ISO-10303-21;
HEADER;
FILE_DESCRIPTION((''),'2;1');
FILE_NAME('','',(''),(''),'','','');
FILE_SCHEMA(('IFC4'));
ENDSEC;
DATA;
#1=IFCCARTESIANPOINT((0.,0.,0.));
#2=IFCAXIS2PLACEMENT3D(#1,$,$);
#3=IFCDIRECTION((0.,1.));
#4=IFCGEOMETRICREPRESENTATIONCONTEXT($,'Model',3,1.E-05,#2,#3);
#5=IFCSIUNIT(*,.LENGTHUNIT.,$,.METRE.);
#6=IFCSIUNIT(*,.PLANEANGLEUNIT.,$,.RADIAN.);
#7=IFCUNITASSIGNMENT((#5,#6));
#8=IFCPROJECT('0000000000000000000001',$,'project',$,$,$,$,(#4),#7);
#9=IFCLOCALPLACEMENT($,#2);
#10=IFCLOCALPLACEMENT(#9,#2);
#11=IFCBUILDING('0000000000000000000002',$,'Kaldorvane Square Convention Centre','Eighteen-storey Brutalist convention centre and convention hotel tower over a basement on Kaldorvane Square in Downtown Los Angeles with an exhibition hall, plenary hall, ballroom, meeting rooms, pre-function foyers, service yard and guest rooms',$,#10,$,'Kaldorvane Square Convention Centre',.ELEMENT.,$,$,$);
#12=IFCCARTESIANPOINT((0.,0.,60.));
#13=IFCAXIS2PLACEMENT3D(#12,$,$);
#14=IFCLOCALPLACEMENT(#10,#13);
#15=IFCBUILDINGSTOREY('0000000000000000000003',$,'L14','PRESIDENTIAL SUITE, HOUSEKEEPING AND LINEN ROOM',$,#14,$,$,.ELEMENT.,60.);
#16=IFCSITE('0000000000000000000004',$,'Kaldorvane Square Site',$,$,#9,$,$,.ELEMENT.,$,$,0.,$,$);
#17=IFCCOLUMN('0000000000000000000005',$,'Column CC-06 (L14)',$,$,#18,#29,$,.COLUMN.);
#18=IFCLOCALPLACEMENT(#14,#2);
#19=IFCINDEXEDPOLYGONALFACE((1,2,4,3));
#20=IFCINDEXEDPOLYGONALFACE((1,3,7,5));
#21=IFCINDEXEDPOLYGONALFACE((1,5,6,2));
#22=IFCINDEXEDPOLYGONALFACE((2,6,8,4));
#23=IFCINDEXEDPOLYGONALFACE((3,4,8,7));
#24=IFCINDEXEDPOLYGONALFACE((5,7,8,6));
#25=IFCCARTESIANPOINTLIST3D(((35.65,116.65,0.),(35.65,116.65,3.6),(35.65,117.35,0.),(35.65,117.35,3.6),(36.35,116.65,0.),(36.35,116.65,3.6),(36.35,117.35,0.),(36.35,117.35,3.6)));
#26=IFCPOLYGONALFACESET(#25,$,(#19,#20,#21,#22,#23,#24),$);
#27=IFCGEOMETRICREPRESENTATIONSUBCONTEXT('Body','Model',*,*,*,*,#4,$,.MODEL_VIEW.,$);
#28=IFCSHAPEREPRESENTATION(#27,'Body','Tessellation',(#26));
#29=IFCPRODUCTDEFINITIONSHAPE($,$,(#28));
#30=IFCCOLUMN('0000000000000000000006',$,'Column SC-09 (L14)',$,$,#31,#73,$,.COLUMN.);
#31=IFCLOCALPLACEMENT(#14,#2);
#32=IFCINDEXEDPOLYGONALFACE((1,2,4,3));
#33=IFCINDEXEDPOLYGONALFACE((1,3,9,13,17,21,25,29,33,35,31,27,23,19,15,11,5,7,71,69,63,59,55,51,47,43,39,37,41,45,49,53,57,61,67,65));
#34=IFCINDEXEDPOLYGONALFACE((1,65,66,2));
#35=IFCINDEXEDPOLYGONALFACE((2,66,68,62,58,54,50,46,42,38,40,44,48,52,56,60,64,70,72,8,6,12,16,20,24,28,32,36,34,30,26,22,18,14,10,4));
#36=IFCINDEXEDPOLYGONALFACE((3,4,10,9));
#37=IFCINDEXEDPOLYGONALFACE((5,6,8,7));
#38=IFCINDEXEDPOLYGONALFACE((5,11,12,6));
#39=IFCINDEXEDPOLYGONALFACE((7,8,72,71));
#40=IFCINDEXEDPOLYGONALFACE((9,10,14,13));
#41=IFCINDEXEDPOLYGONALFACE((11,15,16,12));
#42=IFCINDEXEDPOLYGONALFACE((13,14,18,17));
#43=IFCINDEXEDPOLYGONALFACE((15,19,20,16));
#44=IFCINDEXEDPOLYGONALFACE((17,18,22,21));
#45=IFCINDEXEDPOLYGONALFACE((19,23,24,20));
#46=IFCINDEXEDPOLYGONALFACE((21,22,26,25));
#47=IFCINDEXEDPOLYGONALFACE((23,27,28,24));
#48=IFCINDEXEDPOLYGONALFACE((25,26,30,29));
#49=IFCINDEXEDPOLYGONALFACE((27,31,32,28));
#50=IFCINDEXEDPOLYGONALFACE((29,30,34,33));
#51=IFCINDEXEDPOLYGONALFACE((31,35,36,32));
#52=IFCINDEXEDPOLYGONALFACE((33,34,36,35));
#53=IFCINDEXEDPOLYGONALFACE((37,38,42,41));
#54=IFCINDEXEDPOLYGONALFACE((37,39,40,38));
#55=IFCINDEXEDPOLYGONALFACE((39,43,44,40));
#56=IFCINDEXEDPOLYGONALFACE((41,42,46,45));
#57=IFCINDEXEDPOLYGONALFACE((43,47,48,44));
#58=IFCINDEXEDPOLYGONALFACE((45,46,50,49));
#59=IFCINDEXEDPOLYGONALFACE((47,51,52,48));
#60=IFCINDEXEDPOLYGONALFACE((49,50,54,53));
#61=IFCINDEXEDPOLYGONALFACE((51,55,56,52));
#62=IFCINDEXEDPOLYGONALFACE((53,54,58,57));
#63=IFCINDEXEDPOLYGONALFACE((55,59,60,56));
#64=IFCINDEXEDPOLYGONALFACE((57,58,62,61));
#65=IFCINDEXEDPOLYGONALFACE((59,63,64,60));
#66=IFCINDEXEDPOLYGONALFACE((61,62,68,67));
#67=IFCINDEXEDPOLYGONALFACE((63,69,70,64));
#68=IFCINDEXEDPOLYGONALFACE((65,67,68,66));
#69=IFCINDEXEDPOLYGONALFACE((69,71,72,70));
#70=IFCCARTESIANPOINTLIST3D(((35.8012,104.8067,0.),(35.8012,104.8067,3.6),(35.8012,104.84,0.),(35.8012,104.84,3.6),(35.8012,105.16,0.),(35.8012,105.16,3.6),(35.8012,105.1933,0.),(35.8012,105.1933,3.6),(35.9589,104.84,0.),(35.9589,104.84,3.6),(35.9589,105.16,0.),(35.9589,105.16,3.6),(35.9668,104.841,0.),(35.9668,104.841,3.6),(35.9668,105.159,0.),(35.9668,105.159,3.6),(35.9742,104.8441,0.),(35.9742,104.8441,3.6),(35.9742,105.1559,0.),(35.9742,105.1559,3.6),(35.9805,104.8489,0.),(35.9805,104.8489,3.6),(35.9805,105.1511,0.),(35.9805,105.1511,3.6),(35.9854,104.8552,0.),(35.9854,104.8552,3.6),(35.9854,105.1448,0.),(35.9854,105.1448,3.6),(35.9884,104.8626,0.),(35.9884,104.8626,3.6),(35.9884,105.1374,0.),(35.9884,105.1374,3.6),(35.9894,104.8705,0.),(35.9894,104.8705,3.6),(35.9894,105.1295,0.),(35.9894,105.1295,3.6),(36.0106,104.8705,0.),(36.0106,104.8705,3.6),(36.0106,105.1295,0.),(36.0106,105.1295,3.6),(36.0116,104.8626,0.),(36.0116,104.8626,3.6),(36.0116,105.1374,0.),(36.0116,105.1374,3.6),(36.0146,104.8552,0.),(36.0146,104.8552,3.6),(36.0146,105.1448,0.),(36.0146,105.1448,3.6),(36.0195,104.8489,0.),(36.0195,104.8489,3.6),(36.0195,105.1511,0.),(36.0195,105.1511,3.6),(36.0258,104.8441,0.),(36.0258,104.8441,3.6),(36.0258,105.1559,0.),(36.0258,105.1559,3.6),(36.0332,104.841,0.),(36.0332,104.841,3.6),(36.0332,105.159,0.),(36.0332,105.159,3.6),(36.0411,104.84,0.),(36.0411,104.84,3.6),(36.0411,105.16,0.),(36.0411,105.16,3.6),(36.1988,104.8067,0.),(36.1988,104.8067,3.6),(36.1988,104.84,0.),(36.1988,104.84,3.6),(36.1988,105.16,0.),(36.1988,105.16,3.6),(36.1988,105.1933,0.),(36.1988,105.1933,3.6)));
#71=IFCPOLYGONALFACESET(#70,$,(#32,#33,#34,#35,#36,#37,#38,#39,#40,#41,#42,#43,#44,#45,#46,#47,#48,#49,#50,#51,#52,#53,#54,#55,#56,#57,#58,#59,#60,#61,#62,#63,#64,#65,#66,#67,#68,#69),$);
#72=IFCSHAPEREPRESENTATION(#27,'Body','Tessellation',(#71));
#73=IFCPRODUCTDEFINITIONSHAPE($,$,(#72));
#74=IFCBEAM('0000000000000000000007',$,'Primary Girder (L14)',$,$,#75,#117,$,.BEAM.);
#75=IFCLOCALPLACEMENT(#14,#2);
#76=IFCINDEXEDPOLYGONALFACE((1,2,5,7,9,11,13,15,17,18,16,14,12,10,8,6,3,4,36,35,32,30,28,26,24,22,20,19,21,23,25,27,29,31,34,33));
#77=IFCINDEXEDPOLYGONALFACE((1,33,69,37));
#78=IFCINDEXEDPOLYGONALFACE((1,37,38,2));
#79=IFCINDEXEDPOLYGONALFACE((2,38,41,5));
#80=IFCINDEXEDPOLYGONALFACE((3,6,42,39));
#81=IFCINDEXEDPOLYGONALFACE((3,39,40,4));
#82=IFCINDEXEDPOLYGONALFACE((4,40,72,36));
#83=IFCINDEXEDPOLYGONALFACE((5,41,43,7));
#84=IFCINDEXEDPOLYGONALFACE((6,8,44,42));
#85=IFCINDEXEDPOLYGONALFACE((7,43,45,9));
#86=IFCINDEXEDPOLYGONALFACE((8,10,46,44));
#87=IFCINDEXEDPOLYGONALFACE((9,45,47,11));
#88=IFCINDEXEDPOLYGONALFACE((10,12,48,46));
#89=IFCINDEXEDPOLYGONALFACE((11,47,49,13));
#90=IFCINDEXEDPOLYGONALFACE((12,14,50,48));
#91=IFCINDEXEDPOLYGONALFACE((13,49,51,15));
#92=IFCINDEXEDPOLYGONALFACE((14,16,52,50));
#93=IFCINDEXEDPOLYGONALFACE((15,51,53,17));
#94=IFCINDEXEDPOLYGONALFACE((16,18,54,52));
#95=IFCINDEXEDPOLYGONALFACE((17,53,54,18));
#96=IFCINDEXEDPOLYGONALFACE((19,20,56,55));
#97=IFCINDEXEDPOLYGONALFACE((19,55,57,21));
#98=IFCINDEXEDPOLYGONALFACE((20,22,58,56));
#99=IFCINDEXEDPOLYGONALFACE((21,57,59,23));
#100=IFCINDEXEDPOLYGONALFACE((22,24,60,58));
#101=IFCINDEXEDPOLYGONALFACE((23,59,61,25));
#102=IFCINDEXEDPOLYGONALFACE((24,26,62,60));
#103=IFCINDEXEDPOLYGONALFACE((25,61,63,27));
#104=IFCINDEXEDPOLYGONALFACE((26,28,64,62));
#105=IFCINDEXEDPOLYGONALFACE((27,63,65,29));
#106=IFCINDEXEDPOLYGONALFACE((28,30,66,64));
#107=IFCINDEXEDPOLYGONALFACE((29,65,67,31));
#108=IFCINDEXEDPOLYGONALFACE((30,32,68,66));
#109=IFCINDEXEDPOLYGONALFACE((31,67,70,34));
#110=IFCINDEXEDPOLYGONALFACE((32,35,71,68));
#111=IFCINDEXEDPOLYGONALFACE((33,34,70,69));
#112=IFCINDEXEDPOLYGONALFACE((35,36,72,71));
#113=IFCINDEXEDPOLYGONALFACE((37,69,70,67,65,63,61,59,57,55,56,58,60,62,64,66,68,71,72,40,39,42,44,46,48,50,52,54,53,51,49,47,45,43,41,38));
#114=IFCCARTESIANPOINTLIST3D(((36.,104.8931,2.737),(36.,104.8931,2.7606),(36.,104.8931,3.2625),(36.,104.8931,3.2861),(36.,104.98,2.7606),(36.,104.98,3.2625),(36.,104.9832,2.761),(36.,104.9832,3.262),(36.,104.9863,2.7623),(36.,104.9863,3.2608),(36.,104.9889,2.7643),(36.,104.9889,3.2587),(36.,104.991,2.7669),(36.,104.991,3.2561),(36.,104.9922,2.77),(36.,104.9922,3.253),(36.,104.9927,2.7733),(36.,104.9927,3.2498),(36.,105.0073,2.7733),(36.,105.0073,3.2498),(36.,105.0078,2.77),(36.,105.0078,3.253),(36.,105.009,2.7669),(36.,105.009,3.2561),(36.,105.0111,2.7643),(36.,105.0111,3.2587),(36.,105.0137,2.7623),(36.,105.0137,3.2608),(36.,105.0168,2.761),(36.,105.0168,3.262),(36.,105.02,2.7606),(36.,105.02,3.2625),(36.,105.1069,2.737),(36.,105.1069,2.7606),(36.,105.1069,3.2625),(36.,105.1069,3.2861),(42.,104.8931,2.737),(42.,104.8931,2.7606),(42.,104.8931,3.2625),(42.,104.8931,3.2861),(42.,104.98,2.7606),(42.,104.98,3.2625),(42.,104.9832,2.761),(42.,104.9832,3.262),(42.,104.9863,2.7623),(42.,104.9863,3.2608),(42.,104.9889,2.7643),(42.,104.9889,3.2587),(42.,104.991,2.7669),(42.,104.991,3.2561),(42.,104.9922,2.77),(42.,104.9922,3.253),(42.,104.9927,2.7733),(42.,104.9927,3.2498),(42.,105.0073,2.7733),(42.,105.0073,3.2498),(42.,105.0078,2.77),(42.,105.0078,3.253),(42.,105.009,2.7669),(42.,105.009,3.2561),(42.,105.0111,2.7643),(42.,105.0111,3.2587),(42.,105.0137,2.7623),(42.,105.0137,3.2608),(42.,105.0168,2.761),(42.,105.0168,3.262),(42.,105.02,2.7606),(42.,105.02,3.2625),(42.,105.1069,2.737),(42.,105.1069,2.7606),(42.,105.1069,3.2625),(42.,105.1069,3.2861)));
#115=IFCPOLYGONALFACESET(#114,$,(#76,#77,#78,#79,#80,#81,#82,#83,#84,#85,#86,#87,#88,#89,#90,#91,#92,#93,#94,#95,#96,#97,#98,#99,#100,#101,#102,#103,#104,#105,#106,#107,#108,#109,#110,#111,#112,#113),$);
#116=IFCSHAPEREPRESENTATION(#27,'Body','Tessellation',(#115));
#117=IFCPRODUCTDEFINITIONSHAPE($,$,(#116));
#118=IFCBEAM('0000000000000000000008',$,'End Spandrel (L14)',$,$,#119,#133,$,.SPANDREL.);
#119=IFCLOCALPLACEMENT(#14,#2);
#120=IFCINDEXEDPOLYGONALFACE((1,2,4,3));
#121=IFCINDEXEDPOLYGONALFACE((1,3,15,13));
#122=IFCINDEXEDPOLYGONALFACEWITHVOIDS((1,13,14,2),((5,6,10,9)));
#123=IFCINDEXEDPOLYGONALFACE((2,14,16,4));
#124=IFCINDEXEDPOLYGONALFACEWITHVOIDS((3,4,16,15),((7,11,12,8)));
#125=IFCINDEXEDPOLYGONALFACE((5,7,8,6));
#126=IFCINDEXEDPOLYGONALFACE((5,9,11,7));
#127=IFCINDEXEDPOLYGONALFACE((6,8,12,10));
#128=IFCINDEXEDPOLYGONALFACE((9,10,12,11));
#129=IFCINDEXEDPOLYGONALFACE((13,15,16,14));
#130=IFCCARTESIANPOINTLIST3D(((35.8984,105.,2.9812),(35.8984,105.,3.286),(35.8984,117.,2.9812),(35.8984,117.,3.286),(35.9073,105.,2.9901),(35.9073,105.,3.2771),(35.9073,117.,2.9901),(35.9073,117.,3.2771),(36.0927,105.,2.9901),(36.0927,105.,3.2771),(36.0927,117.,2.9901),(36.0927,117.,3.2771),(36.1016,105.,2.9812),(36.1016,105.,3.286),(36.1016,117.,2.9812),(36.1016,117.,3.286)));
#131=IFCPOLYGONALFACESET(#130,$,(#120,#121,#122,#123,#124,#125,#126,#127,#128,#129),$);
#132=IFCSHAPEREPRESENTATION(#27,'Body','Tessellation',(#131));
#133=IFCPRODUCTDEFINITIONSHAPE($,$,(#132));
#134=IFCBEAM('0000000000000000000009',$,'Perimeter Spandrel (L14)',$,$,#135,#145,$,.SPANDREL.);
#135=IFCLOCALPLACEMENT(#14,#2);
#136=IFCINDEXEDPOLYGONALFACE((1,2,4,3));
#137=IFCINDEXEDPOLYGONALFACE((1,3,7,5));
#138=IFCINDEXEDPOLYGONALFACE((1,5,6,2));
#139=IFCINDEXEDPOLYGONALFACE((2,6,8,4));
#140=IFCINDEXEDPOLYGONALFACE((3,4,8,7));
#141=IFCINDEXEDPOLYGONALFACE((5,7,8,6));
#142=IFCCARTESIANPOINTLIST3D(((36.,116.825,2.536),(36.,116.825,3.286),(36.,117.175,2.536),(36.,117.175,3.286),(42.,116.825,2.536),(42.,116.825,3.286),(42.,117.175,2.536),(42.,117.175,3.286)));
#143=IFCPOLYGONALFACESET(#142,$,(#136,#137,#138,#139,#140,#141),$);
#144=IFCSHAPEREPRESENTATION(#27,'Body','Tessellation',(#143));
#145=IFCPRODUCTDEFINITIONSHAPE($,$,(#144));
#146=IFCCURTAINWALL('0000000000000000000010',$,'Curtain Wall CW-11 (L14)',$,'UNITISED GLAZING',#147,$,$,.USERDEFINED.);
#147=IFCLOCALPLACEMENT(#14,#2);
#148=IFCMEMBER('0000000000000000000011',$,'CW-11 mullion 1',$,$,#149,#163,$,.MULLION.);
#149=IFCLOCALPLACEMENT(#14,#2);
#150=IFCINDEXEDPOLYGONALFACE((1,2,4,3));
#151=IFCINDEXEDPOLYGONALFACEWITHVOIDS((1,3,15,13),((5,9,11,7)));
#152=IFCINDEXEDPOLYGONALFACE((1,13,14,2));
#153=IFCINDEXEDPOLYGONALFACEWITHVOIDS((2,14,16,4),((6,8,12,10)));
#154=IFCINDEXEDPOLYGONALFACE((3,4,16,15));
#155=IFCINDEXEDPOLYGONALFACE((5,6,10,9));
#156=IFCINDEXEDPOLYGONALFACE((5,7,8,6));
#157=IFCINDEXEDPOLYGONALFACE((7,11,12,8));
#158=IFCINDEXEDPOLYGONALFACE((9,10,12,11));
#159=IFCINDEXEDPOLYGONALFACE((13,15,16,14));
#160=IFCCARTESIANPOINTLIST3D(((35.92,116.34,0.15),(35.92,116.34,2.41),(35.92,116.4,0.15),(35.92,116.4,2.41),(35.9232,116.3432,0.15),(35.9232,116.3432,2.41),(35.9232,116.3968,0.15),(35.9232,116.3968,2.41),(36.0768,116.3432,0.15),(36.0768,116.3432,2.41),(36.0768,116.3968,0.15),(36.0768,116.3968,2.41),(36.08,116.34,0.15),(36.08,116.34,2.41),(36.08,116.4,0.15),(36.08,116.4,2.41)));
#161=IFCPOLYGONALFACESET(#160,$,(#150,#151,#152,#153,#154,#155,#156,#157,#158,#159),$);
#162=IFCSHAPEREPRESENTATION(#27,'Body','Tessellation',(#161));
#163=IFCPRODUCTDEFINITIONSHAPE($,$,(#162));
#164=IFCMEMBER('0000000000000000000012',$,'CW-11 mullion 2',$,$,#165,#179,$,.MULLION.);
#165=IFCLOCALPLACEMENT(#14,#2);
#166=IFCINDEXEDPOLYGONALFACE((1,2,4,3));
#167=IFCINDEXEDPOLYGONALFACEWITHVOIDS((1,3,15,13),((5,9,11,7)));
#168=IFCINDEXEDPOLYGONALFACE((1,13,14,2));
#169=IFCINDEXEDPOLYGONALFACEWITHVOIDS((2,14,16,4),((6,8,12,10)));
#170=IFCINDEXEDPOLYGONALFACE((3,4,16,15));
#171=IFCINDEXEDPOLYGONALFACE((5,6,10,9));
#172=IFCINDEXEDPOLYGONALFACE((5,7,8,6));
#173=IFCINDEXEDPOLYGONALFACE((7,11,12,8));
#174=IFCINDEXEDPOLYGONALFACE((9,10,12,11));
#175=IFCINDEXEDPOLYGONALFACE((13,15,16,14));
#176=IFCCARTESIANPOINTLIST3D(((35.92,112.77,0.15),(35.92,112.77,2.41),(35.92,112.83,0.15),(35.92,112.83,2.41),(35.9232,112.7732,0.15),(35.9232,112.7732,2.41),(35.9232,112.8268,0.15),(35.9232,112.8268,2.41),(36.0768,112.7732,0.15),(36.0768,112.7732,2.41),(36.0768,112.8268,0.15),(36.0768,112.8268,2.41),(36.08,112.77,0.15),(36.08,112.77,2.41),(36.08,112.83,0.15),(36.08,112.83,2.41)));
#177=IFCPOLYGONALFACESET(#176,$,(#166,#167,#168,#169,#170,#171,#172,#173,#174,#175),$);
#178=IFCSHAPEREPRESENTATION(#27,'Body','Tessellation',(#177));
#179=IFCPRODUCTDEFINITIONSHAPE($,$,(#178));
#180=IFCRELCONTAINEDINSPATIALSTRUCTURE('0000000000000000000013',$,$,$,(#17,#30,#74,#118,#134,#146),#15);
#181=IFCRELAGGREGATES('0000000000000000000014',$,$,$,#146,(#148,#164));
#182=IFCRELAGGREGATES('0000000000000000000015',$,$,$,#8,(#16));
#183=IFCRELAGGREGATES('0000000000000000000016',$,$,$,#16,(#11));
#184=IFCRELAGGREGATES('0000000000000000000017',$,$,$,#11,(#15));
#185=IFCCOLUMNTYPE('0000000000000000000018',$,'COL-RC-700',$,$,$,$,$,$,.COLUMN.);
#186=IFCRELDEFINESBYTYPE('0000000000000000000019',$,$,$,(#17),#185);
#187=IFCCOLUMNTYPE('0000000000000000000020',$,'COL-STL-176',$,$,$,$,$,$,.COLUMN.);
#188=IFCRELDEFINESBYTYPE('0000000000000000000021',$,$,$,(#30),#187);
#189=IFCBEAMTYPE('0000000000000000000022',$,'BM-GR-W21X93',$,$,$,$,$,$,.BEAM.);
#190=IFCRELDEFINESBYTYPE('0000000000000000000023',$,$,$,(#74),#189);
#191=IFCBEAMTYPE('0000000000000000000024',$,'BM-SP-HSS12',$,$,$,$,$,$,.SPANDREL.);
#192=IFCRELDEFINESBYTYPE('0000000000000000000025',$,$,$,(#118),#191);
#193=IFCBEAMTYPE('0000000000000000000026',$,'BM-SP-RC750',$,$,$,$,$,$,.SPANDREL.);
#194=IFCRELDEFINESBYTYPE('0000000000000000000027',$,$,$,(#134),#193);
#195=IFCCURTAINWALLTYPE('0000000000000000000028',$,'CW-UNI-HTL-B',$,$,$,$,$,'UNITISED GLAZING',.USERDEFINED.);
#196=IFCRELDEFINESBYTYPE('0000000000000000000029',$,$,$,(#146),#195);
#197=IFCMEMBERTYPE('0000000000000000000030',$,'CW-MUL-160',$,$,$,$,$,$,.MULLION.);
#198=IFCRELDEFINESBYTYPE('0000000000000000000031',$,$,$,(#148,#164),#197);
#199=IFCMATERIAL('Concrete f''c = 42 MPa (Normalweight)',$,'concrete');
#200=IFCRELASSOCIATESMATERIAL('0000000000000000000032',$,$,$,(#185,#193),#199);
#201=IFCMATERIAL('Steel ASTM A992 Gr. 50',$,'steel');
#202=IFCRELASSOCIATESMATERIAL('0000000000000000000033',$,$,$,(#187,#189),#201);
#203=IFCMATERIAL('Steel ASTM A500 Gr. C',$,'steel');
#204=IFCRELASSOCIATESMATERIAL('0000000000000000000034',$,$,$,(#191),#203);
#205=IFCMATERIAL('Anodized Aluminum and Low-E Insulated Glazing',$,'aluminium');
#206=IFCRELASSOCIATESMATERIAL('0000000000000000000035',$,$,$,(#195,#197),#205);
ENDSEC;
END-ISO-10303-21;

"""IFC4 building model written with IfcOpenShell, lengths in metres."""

from ifc_helpers import new_model, si_unit, direction, frame, origin, origin_2d, place, context, subcontext, project, spatial, rectangle, hollow_rectangle, i_section, extrude, material, material_profile, profile_set, type_object, element, aggregate, save


model = new_model("IFC4")

# Units and contexts
model_context = context("Model", 3, precision=1e-05, world=origin(), true_north=direction((0.0, 1.0)))
body_context = subcontext(model_context, "Body", "Model", "MODEL_VIEW")
ifc_project = project(units=[si_unit("LENGTHUNIT", "METRE"), si_unit("PLANEANGLEUNIT", "RADIAN")], contexts=[model_context])

# Site, building, storey
site_placement = place(None, origin())
site = spatial("IfcSite", under=ifc_project, at=site_placement, Name="Kaldorvane Square Site", CompositionType="ELEMENT", RefElevation=0.0)
building_placement = place(site_placement, origin())
building = spatial("IfcBuilding", under=site, at=building_placement, Name="Kaldorvane Square Convention Centre", Description="Eighteen-storey Brutalist convention centre and convention hotel tower over a basement on Kaldorvane Square in Downtown Los Angeles with an exhibition hall, plenary hall, ballroom, meeting rooms, pre-function foyers, service yard and guest rooms", LongName="Kaldorvane Square Convention Centre", CompositionType="ELEMENT")
storey_placement = place(building_placement, frame((0.0, 0.0, 60.0)))
storey = spatial("IfcBuildingStorey", under=building, at=storey_placement, Name="L14", Description="PRESIDENTIAL SUITE, HOUSEKEEPING AND LINEN ROOM", CompositionType="ELEMENT", Elevation=60.0)

# Columns
ifc_material_1 = material(Name="Concrete f'c = 42 MPa (Normalweight)", Category="concrete")
ifc_material_profile_1 = material_profile(ifc_material_1, rectangle(XDim=0.7, YDim=0.7, at=origin_2d()), Name="RC700X700")
ifc_profile_set_1 = profile_set([ifc_material_profile_1], Name="Concrete f'c = 42 MPa (Normalweight)")
column_type_1 = type_object("IfcColumnType", Name="COL-RC-700", PredefinedType="COLUMN", material=ifc_profile_set_1)
column_1_placement = place(storey_placement, frame((36.0, 117.0, 0.0), z_axis=(0.0, 0.0, 1.0), x_axis=(1.0, 0.0, 0.0)))
element("IfcColumn", 1, at=column_1_placement, inside=storey, type_object=column_type_1, Name="Column CC-06 (L14)", PredefinedType="COLUMN", context=body_context, shape_type="SweptSolid", body=[
    extrude(rectangle(XDim=0.7, YDim=0.7, at=origin_2d()), origin(), (0.0, 0.0, 1.0), 3.6),
])
ifc_material_2 = material(Name="Steel ASTM A992 Gr. 50", Category="steel")
ifc_material_profile_2 = material_profile(ifc_material_2, i_section(OverallWidth=0.3975, OverallDepth=0.3866, WebThickness=0.0211, FlangeThickness=0.0333, FilletRadius=0.0305, at=origin_2d()), Name="W14X176")
ifc_profile_set_2 = profile_set([ifc_material_profile_2], Name="Steel ASTM A992 Gr. 50")
column_type_2 = type_object("IfcColumnType", Name="COL-STL-176", PredefinedType="COLUMN", material=ifc_profile_set_2)
column_2_placement = place(storey_placement, frame((36.0, 105.0, 0.0), z_axis=(0.0, 0.0, 1.0), x_axis=(1.0, 0.0, 0.0)))
element("IfcColumn", 2, at=column_2_placement, inside=storey, type_object=column_type_2, Name="Column SC-09 (L14)", PredefinedType="COLUMN", context=body_context, shape_type="SweptSolid", body=[
    extrude(i_section(OverallWidth=0.3975, OverallDepth=0.3866, WebThickness=0.0211, FlangeThickness=0.0333, FilletRadius=0.0305, at=origin_2d()), origin(), (0.0, 0.0, 1.0), 3.6),
])

# Beams
ifc_material_profile_3 = material_profile(ifc_material_2, i_section(OverallWidth=0.2139, OverallDepth=0.5491, WebThickness=0.0147, FlangeThickness=0.0236, FilletRadius=0.0127, at=origin_2d()), Name="W21X93")
ifc_profile_set_3 = profile_set([ifc_material_profile_3], Name="Steel ASTM A992 Gr. 50")
beam_type_1 = type_object("IfcBeamType", Name="BM-GR-W21X93", PredefinedType="BEAM", material=ifc_profile_set_3)
beam_1_placement = place(storey_placement, frame((36.0, 105.0, 3.0115), z_axis=(1.0, 0.0, 0.0), x_axis=(0.0, 1.0, 0.0)))
element("IfcBeam", 3, at=beam_1_placement, inside=storey, type_object=beam_type_1, Name="Primary Girder (L14)", PredefinedType="BEAM", context=body_context, shape_type="SweptSolid", body=[
    extrude(i_section(OverallWidth=0.2139, OverallDepth=0.5491, WebThickness=0.0147, FlangeThickness=0.0236, FilletRadius=0.0127, at=origin_2d()), origin(), (0.0, 0.0, 1.0), 6.0),
])
ifc_material_3 = material(Name="Steel ASTM A500 Gr. C", Category="steel")
ifc_material_profile_4 = material_profile(ifc_material_3, hollow_rectangle(XDim=0.2032, YDim=0.3048, WallThickness=0.0089, at=origin_2d()), Name="HSS12X8X3/8")
ifc_profile_set_4 = profile_set([ifc_material_profile_4], Name="Steel ASTM A500 Gr. C")
beam_type_2 = type_object("IfcBeamType", Name="BM-SP-HSS12", PredefinedType="SPANDREL", material=ifc_profile_set_4)
beam_2_placement = place(storey_placement, frame((36.0, 105.0, 3.1336), z_axis=(0.0, 1.0, 0.0), x_axis=(-1.0, 0.0, 0.0)))
element("IfcBeam", 4, at=beam_2_placement, inside=storey, type_object=beam_type_2, Name="End Spandrel (L14)", PredefinedType="SPANDREL", context=body_context, shape_type="SweptSolid", body=[
    extrude(hollow_rectangle(XDim=0.2032, YDim=0.3048, WallThickness=0.0089, at=origin_2d()), origin(), (0.0, 0.0, 1.0), 12.0),
])
ifc_material_profile_5 = material_profile(ifc_material_1, rectangle(XDim=0.35, YDim=0.75, at=origin_2d()), Name="RCSP750X350")
ifc_profile_set_5 = profile_set([ifc_material_profile_5], Name="Concrete f'c = 42 MPa (Normalweight)")
beam_type_3 = type_object("IfcBeamType", Name="BM-SP-RC750", PredefinedType="SPANDREL", material=ifc_profile_set_5)
beam_3_placement = place(storey_placement, frame((36.0, 117.0, 2.911), z_axis=(1.0, 0.0, 0.0), x_axis=(0.0, 1.0, 0.0)))
element("IfcBeam", 5, at=beam_3_placement, inside=storey, type_object=beam_type_3, Name="Perimeter Spandrel (L14)", PredefinedType="SPANDREL", context=body_context, shape_type="SweptSolid", body=[
    extrude(rectangle(XDim=0.35, YDim=0.75, at=origin_2d()), origin(), (0.0, 0.0, 1.0), 6.0),
])

# Curtain wall, members
ifc_material_4 = material(Name="Anodized Aluminum and Low-E Insulated Glazing", Category="aluminium")
curtain_wall_type = type_object("IfcCurtainWallType", Name="CW-UNI-HTL-B", ElementType="UNITISED GLAZING", PredefinedType="USERDEFINED", material=ifc_material_4)
curtain_wall_placement = place(storey_placement, origin())
curtain_wall = element("IfcCurtainWall", 6, at=curtain_wall_placement, inside=storey, type_object=curtain_wall_type, Name="Curtain Wall CW-11 (L14)", ObjectType="UNITISED GLAZING", PredefinedType="USERDEFINED")
ifc_material_profile_6 = material_profile(ifc_material_4, hollow_rectangle(XDim=0.06, YDim=0.16, WallThickness=0.0032, at=origin_2d()), Name="CWM-160X60")
ifc_profile_set_6 = profile_set([ifc_material_profile_6], Name="Anodized Aluminum and Low-E Insulated Glazing")
member_type_1 = type_object("IfcMemberType", Name="CW-MUL-160", PredefinedType="MULLION", material=ifc_profile_set_6)
member_1_placement = place(storey_placement, frame((36.0, 116.37, 0.15), z_axis=(0.0, 0.0, 1.0), x_axis=(0.0, -1.0, 0.0)))
member_1 = element("IfcMember", 7, at=member_1_placement, type_object=member_type_1, Name="CW-11 mullion 1", PredefinedType="MULLION", context=body_context, shape_type="SweptSolid", body=[
    extrude(hollow_rectangle(XDim=0.06, YDim=0.16, WallThickness=0.0032, at=origin_2d()), origin(), (0.0, 0.0, 1.0), 2.26),
])
member_2_placement = place(storey_placement, frame((36.0, 112.8, 0.15), z_axis=(0.0, 0.0, 1.0), x_axis=(0.0, -1.0, 0.0)))
member_2 = element("IfcMember", 8, at=member_2_placement, type_object=member_type_1, Name="CW-11 mullion 2", PredefinedType="MULLION", context=body_context, shape_type="SweptSolid", body=[
    extrude(hollow_rectangle(XDim=0.06, YDim=0.16, WallThickness=0.0032, at=origin_2d()), origin(), (0.0, 0.0, 1.0), 2.26),
])
aggregate(curtain_wall, [member_1, member_2])

save(model, "model.ifc")
